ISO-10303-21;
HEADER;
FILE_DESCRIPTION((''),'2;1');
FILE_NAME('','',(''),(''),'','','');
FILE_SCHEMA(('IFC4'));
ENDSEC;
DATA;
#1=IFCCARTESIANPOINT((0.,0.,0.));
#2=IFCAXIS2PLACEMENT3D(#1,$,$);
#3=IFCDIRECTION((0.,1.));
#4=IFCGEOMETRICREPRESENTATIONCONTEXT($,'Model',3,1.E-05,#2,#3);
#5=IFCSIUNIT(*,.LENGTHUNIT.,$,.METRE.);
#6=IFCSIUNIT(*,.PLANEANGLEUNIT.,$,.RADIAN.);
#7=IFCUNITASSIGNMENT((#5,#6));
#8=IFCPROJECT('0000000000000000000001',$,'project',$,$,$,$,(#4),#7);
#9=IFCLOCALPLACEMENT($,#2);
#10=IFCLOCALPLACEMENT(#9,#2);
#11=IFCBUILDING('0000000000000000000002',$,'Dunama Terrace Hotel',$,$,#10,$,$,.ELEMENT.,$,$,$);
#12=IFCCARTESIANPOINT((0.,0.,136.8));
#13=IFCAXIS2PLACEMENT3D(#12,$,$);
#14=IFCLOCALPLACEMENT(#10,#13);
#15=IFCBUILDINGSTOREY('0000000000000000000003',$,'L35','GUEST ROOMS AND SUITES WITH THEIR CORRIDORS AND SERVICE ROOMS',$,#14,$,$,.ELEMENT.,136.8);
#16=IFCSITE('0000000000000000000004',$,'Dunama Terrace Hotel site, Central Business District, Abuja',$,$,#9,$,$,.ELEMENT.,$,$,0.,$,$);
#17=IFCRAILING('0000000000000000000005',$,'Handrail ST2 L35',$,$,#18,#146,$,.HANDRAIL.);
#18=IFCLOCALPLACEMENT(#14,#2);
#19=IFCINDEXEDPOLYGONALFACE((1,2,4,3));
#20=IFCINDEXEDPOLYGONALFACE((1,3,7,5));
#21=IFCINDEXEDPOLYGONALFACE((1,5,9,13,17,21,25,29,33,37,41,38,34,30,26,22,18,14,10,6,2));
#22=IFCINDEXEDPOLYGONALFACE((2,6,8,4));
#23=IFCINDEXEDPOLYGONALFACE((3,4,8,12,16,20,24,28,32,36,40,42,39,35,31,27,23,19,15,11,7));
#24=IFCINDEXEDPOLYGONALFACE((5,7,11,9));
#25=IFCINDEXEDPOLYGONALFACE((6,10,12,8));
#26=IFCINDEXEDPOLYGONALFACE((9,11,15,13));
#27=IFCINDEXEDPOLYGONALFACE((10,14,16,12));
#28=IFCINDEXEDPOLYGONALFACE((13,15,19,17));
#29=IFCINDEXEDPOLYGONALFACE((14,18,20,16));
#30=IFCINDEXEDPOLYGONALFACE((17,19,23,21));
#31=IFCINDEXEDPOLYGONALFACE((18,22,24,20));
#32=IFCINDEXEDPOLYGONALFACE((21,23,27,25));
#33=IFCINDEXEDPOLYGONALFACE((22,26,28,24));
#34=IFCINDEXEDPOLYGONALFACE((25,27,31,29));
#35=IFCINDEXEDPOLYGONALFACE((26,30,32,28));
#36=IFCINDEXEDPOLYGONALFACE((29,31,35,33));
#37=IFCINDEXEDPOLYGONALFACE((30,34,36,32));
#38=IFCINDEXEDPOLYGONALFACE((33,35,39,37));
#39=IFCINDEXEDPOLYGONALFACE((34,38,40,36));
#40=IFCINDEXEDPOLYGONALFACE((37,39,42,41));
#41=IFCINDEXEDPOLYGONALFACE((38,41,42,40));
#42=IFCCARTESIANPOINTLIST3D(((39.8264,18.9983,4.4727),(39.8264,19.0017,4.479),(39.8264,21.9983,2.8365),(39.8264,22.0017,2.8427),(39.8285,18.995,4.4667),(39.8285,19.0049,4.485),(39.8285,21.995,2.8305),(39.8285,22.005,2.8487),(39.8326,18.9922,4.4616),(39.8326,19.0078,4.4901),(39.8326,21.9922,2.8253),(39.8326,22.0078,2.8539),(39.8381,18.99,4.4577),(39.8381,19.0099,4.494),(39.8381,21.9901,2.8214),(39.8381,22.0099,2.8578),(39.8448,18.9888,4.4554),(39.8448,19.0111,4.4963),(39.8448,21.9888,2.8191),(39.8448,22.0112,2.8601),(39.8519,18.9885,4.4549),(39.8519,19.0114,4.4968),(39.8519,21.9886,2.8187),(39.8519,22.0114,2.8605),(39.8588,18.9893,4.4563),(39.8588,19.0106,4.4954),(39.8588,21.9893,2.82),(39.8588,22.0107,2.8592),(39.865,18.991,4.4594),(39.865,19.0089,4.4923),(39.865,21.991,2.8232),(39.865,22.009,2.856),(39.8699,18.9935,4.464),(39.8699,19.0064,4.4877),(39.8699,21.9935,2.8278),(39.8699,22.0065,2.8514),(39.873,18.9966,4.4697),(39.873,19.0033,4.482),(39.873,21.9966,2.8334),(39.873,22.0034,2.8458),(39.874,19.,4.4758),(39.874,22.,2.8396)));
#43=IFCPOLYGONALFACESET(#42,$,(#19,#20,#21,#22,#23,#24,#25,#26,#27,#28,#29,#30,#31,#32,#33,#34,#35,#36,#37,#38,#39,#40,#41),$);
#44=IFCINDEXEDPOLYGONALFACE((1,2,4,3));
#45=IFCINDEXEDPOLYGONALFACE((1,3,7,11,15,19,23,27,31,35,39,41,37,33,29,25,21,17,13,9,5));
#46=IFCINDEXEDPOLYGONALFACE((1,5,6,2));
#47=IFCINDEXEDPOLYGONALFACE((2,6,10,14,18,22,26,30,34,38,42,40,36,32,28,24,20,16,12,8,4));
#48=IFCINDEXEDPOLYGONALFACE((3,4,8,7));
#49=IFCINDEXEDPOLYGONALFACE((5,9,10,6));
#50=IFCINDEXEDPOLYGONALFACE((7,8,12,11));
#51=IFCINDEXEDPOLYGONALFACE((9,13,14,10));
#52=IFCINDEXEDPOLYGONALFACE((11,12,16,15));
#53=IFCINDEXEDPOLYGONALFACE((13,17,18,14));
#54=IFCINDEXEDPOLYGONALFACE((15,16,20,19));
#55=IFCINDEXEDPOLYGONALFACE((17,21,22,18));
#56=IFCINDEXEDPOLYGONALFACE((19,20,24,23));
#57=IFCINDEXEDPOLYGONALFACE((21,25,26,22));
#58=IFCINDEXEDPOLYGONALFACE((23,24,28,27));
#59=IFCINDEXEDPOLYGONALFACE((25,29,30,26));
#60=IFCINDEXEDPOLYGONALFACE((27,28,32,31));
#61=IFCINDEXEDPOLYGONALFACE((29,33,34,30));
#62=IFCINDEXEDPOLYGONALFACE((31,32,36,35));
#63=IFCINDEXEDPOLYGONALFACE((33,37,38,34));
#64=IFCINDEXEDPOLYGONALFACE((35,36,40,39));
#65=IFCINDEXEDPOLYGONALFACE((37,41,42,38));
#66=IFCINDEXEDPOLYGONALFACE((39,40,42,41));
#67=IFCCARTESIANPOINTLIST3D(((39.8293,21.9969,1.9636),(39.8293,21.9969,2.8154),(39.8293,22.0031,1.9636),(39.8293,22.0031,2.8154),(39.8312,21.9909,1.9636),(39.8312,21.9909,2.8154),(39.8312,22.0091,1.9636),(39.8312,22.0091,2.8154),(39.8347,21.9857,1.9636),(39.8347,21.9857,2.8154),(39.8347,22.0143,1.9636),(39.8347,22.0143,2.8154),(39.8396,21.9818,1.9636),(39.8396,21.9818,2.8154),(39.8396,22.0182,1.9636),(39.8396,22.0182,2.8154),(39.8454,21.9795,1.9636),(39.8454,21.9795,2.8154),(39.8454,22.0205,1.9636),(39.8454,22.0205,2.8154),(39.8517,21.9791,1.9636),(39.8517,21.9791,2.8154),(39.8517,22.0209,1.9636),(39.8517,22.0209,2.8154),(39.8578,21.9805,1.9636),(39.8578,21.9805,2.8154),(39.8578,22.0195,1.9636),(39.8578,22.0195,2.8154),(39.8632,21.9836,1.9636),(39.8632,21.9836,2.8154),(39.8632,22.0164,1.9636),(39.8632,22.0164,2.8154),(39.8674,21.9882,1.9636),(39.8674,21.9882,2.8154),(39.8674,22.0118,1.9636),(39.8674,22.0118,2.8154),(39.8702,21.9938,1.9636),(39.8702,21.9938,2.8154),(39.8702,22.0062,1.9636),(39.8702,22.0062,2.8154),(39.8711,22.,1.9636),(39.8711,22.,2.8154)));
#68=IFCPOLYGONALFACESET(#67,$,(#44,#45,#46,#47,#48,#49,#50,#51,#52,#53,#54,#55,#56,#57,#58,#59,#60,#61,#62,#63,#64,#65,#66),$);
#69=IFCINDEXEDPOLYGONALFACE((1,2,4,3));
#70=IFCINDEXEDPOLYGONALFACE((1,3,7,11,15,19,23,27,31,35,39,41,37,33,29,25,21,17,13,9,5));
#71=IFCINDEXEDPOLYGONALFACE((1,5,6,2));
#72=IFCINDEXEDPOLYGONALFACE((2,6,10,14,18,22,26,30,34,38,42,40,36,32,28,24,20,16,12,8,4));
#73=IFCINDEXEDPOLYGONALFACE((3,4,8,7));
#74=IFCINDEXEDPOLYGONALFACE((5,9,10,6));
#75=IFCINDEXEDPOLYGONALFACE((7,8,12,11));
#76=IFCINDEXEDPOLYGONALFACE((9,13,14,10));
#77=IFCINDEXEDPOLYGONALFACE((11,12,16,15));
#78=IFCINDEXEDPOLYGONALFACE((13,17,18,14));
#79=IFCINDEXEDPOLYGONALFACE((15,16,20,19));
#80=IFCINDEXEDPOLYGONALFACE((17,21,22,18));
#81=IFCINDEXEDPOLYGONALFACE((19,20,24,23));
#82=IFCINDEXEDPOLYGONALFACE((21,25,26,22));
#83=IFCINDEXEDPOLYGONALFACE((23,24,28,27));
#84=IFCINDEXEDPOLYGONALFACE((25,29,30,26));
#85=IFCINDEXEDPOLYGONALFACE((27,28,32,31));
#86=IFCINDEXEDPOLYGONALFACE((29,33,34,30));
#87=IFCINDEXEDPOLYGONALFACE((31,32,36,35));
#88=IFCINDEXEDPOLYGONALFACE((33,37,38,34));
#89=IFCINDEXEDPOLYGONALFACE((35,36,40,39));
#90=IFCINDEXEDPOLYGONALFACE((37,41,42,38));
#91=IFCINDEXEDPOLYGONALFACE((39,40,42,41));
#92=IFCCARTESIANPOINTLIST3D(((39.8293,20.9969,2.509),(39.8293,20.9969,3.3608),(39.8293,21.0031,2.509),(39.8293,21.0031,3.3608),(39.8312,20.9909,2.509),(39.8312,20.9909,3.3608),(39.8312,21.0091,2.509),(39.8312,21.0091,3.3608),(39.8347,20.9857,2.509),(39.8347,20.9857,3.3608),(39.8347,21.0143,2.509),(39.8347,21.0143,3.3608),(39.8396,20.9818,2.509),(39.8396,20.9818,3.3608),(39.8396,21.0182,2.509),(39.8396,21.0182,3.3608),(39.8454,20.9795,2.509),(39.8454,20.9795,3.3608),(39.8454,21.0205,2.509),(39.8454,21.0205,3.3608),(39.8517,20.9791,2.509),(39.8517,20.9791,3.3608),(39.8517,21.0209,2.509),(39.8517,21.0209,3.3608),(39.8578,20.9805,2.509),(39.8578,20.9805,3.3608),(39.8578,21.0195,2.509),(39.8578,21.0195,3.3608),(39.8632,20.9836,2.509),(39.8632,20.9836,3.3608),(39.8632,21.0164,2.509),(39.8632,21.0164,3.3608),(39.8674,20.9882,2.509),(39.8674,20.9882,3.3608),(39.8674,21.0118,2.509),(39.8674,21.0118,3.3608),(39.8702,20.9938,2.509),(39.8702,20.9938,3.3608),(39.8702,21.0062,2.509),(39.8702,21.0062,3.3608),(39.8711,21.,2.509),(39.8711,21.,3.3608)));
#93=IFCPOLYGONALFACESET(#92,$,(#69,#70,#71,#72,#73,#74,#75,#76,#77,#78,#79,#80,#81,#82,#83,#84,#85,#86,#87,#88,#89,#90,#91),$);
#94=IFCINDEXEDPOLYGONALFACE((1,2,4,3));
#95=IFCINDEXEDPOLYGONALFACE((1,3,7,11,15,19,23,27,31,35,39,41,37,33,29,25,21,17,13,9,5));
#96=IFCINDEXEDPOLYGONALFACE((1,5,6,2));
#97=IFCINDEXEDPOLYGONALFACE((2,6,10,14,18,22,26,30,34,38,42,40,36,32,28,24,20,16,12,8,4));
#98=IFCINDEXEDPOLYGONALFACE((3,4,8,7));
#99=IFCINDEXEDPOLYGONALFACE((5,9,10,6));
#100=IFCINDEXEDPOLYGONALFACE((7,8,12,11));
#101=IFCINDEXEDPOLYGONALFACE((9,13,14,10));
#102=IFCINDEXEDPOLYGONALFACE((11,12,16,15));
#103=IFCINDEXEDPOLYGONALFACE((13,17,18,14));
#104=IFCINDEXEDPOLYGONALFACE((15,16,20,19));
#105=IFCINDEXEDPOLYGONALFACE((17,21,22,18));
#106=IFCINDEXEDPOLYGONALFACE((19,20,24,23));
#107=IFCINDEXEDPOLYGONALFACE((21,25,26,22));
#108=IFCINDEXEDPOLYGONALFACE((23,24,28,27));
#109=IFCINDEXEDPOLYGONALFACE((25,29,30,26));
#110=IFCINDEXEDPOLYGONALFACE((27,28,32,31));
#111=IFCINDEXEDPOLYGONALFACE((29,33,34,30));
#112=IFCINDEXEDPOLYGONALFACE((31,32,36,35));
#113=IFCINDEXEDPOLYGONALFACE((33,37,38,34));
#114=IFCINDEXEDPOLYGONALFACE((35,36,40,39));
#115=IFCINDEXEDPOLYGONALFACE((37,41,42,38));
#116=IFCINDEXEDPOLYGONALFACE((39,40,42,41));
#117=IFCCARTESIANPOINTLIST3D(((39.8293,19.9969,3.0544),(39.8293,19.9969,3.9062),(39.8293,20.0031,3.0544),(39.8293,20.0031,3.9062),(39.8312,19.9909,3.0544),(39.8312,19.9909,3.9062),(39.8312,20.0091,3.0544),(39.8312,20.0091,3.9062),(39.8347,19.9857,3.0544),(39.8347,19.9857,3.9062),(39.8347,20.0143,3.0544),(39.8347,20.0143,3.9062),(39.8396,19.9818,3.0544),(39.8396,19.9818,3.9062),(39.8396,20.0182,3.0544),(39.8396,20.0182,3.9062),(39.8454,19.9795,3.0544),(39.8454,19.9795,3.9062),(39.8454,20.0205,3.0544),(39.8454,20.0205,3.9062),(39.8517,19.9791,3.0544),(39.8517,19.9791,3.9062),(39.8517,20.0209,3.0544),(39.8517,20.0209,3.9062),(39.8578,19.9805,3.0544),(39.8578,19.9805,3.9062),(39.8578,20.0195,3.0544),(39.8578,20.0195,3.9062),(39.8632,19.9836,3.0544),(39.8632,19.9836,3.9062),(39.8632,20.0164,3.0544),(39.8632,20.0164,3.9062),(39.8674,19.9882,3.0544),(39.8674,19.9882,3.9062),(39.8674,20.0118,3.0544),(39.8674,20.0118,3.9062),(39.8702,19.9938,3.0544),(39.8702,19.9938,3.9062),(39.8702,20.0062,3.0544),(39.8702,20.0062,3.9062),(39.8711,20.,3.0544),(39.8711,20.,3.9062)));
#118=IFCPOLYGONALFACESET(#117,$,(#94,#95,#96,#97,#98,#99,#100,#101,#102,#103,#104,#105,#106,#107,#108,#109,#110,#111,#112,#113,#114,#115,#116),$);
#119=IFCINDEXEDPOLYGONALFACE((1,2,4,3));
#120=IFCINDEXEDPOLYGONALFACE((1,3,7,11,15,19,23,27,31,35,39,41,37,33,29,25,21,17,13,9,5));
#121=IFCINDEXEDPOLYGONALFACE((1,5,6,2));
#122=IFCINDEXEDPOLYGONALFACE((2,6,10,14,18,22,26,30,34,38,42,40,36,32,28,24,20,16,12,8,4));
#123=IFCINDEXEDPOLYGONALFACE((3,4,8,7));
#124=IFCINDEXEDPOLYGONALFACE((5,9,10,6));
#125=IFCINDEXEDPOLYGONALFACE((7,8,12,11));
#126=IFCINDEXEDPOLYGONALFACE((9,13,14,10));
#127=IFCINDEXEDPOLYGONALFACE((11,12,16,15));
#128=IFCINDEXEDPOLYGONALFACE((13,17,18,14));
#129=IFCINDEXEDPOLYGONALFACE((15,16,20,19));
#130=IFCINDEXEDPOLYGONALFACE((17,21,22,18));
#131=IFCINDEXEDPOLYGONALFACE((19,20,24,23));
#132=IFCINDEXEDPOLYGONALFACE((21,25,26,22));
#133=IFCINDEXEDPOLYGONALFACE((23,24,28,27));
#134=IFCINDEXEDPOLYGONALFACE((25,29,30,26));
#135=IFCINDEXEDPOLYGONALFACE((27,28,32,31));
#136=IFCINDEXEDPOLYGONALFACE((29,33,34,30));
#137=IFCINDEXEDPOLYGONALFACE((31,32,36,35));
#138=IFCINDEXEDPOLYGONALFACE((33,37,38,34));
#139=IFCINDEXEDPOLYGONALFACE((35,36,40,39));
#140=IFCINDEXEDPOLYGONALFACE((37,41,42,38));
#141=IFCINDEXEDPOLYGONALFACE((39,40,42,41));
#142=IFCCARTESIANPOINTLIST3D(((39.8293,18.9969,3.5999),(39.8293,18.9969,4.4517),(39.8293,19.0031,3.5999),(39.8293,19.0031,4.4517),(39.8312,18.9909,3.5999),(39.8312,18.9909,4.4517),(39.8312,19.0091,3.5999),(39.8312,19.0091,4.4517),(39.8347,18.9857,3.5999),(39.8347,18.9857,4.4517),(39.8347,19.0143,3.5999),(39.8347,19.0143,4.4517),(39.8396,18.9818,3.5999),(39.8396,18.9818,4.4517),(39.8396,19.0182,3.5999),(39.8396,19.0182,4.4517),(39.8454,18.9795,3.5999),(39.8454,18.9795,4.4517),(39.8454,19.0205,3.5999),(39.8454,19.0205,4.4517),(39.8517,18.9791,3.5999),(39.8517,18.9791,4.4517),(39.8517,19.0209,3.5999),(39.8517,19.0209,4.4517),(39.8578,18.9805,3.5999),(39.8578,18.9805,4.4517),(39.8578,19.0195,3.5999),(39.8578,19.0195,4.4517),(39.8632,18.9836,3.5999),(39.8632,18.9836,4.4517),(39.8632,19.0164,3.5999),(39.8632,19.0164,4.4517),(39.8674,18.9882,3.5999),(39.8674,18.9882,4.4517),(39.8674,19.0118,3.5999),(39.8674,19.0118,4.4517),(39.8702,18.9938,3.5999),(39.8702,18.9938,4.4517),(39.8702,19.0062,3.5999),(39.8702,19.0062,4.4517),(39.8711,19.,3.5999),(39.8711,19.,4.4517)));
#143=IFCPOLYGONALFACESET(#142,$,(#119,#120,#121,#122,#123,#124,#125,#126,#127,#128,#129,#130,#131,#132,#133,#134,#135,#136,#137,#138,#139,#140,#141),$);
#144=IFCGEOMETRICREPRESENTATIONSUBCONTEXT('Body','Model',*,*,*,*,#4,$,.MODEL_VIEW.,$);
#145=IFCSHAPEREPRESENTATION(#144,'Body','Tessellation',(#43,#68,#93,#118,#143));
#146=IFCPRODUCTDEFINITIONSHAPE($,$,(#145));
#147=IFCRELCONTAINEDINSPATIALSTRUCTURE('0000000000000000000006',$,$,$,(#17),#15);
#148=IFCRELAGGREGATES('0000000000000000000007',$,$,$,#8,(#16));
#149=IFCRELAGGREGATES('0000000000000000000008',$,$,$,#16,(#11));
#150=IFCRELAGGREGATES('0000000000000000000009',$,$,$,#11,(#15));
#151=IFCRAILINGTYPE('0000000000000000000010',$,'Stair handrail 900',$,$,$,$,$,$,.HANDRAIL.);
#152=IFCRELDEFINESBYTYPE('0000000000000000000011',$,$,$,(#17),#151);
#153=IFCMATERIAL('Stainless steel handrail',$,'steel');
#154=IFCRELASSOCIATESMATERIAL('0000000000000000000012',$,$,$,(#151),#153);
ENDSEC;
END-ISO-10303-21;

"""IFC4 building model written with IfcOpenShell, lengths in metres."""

from ifc_helpers import new_model, si_unit, direction, frame, origin, origin_2d, place, context, subcontext, project, spatial, circle, extrude, material, type_object, element, save


model = new_model("IFC4")

# Units and contexts
model_context = context("Model", 3, precision=1e-05, world=origin(), true_north=direction((0.0, 1.0)))
body_context = subcontext(model_context, "Body", "Model", "MODEL_VIEW")
ifc_project = project(units=[si_unit("LENGTHUNIT", "METRE"), si_unit("PLANEANGLEUNIT", "RADIAN")], contexts=[model_context])

# Site, building, storey
site_placement = place(None, origin())
site = spatial("IfcSite", under=ifc_project, at=site_placement, Name="Dunama Terrace Hotel site, Central Business District, Abuja", CompositionType="ELEMENT", RefElevation=0.0)
building_placement = place(site_placement, origin())
building = spatial("IfcBuilding", under=site, at=building_placement, Name="Dunama Terrace Hotel", CompositionType="ELEMENT")
storey_placement = place(building_placement, frame((0.0, 0.0, 136.8)))
storey = spatial("IfcBuildingStorey", under=building, at=storey_placement, Name="L35", Description="GUEST ROOMS AND SUITES WITH THEIR CORRIDORS AND SERVICE ROOMS", CompositionType="ELEMENT", Elevation=136.8)

# Railing
ifc_material_1 = material(Name="Stainless steel handrail", Category="steel")
railing_type = type_object("IfcRailingType", Name="Stair handrail 900", PredefinedType="HANDRAIL", material=ifc_material_1)
railing_1_placement = place(storey_placement, frame((39.8501, 22.0, 1.9636)))
element("IfcRailing", 1, at=railing_1_placement, inside=storey, type_object=railing_type, Name="Handrail ST2 L35", PredefinedType="HANDRAIL", context=body_context, shape_type="SweptSolid", body=[
    extrude(circle(Radius=0.0239, at=origin_2d()), frame((0.0, 0.0, 0.876), z_axis=(0.0, -0.877912, 0.478822), x_axis=(1.0, 0.0, 0.0)), (0.0, 0.0, 1.0), 3.4172),
    extrude(circle(Radius=0.021, at=origin_2d()), origin(), (0.0, 0.0, 1.0), 0.8518),
    extrude(circle(Radius=0.021, at=origin_2d()), frame((0.0, -1.0, 0.5454)), (0.0, 0.0, 1.0), 0.8518),
    extrude(circle(Radius=0.021, at=origin_2d()), frame((0.0, -2.0, 1.0908)), (0.0, 0.0, 1.0), 0.8518),
    extrude(circle(Radius=0.021, at=origin_2d()), frame((0.0, -3.0, 1.6362)), (0.0, 0.0, 1.0), 0.8518),
])

save(model, "model.ifc")
